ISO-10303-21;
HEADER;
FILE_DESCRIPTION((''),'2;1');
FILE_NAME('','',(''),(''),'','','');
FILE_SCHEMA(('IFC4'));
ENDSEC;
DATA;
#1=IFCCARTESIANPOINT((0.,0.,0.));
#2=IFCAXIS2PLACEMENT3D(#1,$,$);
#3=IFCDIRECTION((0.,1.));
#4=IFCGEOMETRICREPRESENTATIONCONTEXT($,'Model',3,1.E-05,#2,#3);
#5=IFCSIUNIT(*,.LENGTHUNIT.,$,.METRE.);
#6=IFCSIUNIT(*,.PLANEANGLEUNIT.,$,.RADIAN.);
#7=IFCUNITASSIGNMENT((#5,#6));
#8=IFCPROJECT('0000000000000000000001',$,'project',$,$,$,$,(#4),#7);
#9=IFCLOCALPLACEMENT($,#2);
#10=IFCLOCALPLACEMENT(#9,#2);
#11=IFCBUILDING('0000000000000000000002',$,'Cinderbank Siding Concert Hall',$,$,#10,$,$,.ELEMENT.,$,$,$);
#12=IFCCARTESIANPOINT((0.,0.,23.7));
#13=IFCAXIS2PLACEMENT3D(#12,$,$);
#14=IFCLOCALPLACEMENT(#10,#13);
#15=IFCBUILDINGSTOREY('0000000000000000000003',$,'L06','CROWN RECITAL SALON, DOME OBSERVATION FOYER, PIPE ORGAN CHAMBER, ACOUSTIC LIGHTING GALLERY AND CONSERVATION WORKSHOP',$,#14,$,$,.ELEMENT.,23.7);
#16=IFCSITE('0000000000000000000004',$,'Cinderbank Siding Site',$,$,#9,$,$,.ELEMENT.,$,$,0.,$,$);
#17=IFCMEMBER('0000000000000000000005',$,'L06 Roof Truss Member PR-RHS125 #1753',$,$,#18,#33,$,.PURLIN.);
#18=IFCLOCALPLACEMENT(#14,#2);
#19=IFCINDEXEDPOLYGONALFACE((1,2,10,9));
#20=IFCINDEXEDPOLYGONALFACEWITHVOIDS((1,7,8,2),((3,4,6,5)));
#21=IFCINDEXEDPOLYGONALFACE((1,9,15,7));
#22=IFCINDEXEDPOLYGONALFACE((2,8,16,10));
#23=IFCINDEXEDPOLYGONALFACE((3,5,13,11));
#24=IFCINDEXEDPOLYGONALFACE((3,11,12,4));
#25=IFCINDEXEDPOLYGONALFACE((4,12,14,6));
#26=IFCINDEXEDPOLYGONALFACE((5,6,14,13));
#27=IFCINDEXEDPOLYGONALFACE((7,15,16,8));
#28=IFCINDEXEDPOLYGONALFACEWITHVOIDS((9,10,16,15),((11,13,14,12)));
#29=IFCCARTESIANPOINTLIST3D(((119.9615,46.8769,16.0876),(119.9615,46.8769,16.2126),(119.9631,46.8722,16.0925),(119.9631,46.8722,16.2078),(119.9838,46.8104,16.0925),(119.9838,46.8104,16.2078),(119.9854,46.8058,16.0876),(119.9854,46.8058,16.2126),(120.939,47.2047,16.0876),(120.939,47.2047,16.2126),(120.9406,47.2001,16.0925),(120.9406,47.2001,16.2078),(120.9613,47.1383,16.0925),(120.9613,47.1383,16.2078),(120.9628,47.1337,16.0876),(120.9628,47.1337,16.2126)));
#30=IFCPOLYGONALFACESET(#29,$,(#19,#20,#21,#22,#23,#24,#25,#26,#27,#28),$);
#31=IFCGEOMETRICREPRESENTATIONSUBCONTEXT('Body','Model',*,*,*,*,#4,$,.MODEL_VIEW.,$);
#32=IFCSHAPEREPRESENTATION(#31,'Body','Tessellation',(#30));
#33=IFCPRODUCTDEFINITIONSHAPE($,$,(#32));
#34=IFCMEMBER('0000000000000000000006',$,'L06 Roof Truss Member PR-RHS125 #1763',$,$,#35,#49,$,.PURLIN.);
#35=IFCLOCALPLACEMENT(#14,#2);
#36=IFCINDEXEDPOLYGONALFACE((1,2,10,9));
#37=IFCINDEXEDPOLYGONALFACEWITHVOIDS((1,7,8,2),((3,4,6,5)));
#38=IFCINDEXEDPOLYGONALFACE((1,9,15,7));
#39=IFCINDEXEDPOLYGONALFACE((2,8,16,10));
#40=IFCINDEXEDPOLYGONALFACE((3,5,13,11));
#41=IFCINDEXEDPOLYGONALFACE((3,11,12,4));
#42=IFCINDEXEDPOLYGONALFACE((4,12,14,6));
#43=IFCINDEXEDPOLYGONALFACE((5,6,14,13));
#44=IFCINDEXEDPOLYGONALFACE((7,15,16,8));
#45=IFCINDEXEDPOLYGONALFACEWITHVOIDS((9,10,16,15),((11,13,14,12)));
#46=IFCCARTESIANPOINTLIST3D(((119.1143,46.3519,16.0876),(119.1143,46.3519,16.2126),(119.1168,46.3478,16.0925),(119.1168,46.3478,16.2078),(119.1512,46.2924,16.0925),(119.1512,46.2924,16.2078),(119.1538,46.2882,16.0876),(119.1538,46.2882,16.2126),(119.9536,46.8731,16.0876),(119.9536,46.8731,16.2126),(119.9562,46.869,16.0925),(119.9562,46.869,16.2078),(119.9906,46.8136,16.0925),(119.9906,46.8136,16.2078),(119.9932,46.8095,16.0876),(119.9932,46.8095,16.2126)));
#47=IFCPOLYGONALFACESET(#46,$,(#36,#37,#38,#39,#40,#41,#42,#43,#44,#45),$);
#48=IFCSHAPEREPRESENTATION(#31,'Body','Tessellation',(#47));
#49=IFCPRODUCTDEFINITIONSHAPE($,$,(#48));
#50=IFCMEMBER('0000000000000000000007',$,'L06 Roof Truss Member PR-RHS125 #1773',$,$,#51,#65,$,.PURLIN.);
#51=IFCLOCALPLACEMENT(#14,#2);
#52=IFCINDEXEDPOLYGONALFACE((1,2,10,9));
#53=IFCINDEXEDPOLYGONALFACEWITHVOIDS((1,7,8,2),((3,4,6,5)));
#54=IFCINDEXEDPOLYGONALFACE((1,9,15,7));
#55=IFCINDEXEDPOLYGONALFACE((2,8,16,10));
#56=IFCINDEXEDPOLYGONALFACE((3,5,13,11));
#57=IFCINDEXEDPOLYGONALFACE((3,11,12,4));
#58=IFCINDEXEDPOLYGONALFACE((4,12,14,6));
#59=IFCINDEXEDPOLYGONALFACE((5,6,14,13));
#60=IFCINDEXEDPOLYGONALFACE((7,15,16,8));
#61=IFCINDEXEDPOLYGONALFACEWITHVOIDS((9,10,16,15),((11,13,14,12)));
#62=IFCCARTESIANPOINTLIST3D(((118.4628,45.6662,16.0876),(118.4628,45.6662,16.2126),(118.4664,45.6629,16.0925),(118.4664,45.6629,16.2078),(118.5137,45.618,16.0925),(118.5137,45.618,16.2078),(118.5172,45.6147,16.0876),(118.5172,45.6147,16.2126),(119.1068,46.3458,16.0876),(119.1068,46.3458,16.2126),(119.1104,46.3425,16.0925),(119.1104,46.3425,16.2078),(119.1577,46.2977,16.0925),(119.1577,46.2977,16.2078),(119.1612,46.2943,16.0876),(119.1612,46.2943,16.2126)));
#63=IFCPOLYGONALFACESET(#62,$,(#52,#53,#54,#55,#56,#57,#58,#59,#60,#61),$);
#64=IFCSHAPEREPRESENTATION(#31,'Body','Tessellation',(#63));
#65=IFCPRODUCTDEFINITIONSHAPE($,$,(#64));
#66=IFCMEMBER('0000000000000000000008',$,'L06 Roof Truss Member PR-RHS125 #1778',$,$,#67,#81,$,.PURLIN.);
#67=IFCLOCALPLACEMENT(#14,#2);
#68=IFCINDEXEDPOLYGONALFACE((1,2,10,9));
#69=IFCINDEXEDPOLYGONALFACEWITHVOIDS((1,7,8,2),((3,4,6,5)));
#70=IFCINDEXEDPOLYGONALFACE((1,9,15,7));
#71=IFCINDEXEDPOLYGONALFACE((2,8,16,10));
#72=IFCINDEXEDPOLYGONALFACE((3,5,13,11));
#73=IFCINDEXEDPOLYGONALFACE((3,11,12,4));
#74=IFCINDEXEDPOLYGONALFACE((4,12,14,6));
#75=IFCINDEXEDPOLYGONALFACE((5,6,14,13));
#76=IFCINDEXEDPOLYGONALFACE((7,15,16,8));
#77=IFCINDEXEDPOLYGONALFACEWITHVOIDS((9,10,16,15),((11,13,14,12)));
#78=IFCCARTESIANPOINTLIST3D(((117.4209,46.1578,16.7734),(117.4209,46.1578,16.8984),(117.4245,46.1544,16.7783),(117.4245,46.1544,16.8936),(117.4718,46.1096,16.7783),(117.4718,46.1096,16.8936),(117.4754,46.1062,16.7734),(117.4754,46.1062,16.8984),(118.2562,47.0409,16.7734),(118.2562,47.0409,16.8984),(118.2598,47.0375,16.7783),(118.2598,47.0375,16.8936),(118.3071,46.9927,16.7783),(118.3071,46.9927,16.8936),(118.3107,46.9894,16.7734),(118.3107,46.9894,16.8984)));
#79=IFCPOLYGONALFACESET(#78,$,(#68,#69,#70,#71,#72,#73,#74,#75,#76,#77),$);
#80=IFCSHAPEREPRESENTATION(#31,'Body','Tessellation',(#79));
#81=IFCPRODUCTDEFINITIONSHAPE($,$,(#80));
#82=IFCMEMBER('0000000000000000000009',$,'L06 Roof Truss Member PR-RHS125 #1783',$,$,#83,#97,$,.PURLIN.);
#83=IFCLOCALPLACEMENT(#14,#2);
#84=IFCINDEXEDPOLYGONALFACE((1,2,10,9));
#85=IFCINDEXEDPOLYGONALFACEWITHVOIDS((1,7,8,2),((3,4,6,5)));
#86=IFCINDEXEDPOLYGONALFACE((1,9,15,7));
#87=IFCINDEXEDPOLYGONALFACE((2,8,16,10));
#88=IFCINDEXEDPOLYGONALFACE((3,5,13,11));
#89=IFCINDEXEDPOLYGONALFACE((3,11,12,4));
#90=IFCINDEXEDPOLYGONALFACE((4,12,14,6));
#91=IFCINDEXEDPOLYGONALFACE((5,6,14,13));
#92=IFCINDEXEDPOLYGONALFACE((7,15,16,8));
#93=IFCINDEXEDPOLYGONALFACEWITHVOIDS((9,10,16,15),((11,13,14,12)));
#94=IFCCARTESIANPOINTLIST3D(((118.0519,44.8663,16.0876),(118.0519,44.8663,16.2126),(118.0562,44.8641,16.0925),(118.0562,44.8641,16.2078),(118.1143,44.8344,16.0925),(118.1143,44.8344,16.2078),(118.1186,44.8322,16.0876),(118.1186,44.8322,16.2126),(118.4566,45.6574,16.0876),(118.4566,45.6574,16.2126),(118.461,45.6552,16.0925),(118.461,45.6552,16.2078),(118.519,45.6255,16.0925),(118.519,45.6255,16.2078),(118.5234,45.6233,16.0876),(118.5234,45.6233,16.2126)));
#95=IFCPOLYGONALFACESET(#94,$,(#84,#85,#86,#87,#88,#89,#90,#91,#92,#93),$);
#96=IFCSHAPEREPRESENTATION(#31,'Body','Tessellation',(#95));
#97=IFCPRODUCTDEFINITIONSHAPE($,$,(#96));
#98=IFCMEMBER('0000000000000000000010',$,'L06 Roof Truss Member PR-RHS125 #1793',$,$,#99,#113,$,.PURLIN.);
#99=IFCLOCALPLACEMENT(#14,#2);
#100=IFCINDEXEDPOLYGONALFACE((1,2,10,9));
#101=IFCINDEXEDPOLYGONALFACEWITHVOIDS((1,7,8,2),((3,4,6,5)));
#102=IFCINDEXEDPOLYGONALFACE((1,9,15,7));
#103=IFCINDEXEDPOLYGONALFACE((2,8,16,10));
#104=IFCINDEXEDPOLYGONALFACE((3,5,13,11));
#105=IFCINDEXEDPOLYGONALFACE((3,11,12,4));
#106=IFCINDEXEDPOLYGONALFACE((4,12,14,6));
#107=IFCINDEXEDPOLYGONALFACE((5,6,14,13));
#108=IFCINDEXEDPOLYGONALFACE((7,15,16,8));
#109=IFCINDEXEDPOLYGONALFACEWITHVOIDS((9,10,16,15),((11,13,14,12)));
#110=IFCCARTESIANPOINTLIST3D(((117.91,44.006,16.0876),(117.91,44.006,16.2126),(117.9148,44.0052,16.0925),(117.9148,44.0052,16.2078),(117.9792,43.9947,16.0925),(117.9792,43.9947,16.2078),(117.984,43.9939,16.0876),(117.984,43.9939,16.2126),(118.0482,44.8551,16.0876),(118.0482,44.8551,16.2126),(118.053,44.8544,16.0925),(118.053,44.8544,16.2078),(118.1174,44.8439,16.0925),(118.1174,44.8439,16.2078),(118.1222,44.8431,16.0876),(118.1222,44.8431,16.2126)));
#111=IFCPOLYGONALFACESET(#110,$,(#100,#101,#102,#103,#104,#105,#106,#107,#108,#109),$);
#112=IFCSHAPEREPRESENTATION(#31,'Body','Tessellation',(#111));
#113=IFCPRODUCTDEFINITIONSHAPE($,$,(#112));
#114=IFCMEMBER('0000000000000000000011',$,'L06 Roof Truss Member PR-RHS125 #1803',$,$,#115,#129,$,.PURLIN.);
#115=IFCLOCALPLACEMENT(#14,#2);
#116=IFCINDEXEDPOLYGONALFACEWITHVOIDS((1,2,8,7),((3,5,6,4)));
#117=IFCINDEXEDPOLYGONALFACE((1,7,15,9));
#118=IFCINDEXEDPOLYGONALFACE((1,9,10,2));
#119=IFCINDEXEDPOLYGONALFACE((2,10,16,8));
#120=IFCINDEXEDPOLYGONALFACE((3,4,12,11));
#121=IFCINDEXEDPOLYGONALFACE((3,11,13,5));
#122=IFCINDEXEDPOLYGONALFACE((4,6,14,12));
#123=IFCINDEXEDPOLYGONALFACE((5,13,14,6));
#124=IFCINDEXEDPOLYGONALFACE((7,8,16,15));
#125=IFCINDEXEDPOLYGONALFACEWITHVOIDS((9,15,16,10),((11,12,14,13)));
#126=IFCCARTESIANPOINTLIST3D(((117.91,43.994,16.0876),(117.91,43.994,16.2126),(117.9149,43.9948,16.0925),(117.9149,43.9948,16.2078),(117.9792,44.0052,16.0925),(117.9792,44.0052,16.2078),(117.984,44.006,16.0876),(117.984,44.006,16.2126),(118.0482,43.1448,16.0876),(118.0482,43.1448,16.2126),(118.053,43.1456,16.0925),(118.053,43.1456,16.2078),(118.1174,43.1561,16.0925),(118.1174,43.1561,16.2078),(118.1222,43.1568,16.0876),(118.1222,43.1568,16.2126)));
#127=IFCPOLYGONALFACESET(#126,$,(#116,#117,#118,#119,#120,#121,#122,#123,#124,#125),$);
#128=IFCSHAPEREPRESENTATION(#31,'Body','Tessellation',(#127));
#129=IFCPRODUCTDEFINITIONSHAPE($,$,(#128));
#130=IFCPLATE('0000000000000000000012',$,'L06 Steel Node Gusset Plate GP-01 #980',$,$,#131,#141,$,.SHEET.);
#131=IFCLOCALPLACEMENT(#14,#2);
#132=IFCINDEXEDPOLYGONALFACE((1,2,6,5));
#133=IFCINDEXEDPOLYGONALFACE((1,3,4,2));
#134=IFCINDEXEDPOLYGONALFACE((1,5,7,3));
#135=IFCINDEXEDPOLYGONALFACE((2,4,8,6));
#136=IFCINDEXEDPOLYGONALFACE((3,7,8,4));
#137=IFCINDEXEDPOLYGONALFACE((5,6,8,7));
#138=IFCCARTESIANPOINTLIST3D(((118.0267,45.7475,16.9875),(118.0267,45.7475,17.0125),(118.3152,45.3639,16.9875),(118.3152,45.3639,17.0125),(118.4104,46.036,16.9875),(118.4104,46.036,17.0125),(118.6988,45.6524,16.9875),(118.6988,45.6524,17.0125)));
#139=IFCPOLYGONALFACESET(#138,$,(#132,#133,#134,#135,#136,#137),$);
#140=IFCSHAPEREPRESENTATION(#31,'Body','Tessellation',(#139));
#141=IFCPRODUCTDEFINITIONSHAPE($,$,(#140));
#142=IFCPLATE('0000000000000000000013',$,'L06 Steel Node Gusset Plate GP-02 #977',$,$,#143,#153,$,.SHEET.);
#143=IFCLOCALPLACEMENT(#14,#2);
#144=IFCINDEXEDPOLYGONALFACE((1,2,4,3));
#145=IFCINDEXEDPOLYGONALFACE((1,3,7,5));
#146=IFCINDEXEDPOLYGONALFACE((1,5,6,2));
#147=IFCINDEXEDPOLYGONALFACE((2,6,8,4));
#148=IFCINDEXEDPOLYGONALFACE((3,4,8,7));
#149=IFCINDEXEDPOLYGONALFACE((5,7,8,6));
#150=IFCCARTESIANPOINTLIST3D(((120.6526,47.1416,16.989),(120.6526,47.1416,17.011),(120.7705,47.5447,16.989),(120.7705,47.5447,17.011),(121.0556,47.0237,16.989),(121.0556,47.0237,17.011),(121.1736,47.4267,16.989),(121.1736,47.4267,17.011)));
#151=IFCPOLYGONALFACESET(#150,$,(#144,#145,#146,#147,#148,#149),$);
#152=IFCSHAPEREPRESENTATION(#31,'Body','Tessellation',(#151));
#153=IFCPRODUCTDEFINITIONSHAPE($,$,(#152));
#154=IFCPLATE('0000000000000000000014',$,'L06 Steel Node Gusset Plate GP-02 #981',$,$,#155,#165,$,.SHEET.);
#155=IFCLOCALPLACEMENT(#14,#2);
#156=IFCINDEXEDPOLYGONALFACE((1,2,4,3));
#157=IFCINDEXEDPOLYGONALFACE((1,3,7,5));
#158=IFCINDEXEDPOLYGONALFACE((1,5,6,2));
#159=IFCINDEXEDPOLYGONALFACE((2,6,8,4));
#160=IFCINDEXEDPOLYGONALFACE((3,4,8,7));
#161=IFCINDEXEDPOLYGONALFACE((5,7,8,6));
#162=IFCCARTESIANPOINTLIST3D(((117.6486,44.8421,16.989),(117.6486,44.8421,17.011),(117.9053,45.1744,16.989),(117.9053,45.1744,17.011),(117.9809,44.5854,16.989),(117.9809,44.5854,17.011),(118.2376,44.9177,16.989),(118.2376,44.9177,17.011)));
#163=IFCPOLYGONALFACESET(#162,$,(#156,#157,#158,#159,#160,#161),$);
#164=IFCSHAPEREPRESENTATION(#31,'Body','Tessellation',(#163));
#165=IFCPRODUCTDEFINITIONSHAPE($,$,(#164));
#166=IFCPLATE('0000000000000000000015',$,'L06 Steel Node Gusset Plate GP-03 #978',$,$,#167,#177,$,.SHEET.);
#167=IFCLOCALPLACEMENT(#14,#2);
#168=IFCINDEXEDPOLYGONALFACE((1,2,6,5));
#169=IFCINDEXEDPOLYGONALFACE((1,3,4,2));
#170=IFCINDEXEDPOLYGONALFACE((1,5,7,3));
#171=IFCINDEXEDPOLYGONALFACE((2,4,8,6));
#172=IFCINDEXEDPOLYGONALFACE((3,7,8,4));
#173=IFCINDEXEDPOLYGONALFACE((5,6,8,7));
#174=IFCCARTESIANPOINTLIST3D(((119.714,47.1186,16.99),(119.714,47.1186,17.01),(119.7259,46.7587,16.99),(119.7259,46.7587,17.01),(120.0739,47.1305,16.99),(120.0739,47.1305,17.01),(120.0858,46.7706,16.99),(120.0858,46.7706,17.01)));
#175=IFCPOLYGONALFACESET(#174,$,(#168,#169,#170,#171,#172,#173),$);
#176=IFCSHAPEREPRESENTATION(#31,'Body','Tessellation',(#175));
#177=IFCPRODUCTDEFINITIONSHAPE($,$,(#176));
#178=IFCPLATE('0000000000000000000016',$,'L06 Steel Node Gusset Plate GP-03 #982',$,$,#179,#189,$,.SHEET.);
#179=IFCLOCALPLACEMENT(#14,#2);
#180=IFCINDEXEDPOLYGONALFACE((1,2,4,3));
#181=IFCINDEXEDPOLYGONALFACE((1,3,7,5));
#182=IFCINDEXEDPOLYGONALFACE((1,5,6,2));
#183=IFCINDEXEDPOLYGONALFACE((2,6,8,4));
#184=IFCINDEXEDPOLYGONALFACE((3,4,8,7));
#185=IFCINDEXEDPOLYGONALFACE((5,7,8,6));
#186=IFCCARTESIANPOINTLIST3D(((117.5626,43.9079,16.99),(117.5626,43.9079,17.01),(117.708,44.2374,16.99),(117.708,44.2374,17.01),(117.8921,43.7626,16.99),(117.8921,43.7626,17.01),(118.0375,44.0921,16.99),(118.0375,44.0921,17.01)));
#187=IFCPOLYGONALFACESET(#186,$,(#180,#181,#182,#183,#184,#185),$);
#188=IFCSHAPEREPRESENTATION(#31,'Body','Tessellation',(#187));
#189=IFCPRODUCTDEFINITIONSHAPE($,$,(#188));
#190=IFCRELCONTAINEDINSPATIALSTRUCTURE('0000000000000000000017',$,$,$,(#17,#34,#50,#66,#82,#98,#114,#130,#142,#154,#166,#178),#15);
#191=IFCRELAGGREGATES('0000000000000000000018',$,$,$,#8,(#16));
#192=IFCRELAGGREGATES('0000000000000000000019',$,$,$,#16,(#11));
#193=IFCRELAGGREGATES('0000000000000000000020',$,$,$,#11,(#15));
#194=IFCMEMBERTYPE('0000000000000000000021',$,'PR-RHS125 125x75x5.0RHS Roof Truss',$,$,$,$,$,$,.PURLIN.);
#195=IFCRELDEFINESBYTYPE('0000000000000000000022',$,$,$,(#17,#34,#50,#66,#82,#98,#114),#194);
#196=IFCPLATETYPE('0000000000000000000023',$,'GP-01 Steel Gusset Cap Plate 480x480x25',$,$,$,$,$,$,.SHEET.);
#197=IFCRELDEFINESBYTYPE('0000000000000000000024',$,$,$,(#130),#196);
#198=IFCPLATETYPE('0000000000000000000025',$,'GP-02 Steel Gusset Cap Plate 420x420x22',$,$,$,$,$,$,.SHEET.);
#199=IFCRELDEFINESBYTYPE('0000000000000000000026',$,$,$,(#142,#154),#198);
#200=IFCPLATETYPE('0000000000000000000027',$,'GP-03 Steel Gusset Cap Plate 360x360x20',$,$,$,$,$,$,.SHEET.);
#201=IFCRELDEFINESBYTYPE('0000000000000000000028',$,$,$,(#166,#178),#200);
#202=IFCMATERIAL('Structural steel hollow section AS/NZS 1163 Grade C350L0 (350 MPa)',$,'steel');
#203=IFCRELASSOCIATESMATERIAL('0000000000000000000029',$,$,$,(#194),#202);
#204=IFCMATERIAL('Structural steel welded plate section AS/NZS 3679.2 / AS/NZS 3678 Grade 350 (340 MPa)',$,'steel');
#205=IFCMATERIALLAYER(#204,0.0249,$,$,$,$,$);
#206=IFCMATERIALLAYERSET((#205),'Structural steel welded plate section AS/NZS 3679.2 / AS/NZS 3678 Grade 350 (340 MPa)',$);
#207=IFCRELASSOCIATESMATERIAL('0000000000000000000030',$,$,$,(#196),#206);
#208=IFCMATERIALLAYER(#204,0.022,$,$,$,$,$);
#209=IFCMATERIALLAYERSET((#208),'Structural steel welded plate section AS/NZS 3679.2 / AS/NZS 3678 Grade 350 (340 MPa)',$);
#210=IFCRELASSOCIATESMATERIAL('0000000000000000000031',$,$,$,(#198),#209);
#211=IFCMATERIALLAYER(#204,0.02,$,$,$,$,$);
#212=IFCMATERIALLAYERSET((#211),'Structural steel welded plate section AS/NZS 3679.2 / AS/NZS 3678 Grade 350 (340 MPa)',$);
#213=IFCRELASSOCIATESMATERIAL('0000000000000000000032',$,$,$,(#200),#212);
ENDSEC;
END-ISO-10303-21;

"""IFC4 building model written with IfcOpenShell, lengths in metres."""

from ifc_helpers import new_model, si_unit, direction, frame, origin, origin_2d, place, context, subcontext, project, spatial, rectangle, hollow_rectangle, extrude, material, layer, layer_set, material_profile, profile_set, type_object, element, save


model = new_model("IFC4")

# Units and contexts
model_context = context("Model", 3, precision=1e-05, world=origin(), true_north=direction((0.0, 1.0)))
body_context = subcontext(model_context, "Body", "Model", "MODEL_VIEW")
ifc_project = project(units=[si_unit("LENGTHUNIT", "METRE"), si_unit("PLANEANGLEUNIT", "RADIAN")], contexts=[model_context])

# Site, building, storey
site_placement = place(None, origin())
site = spatial("IfcSite", under=ifc_project, at=site_placement, Name="Cinderbank Siding Site", CompositionType="ELEMENT", RefElevation=0.0)
building_placement = place(site_placement, origin())
building = spatial("IfcBuilding", under=site, at=building_placement, Name="Cinderbank Siding Concert Hall", CompositionType="ELEMENT")
storey_placement = place(building_placement, frame((0.0, 0.0, 23.7)))
storey = spatial("IfcBuildingStorey", under=building, at=storey_placement, Name="L06", Description="CROWN RECITAL SALON, DOME OBSERVATION FOYER, PIPE ORGAN CHAMBER, ACOUSTIC LIGHTING GALLERY AND CONSERVATION WORKSHOP", CompositionType="ELEMENT", Elevation=23.7)

# Members
ifc_material_1 = material(Name="Structural steel hollow section AS/NZS 1163 Grade C350L0 (350 MPa)", Category="steel")
ifc_material_profile = material_profile(ifc_material_1, hollow_rectangle(XDim=0.075, YDim=0.125, WallThickness=0.0049, at=origin_2d()), Name="125x75x5.0RHS", Category="LoadBearing")
ifc_profile_set = profile_set([ifc_material_profile], Name="Structural steel hollow section AS/NZS 1163 Grade C350L0 (350 MPa)")
member_type = type_object("IfcMemberType", Name="PR-RHS125 125x75x5.0RHS Roof Truss", PredefinedType="PURLIN", material=ifc_profile_set)
member_1_placement = place(storey_placement, frame((120.9509, 47.1692, 16.1501), z_axis=(-0.94809, -0.318003, 0.0), x_axis=(0.318003, -0.94809, 0.0)))
element("IfcMember", 1, at=member_1_placement, inside=storey, type_object=member_type, Name="L06 Roof Truss Member PR-RHS125 #1753", PredefinedType="PURLIN", context=body_context, shape_type="SweptSolid", body=[
    extrude(hollow_rectangle(XDim=0.075, YDim=0.125, WallThickness=0.0049, at=origin_2d()), origin(), (0.0, 0.0, 1.0), 1.031),
])
member_2_placement = place(storey_placement, frame((119.9734, 46.8413, 16.1501), z_axis=(-0.849522, -0.527554, 0.0), x_axis=(0.527554, -0.849522, 0.0)))
element("IfcMember", 2, at=member_2_placement, inside=storey, type_object=member_type, Name="L06 Roof Truss Member PR-RHS125 #1763", PredefinedType="PURLIN", context=body_context, shape_type="SweptSolid", body=[
    extrude(hollow_rectangle(XDim=0.075, YDim=0.125, WallThickness=0.0049, at=origin_2d()), origin(), (0.0, 0.0, 1.0), 0.988),
])
member_3_placement = place(storey_placement, frame((119.134, 46.3201, 16.1501), z_axis=(-0.687817, -0.725884, 0.0), x_axis=(0.725884, -0.687817, 0.0)))
element("IfcMember", 3, at=member_3_placement, inside=storey, type_object=member_type, Name="L06 Roof Truss Member PR-RHS125 #1773", PredefinedType="PURLIN", context=body_context, shape_type="SweptSolid", body=[
    extrude(hollow_rectangle(XDim=0.075, YDim=0.125, WallThickness=0.0049, at=origin_2d()), origin(), (0.0, 0.0, 1.0), 0.9363),
])
member_4_placement = place(storey_placement, frame((118.2834, 47.0151, 16.8359), z_axis=(-0.687148, -0.726517, 0.0), x_axis=(0.726517, -0.687148, 0.0)))
element("IfcMember", 4, at=member_4_placement, inside=storey, type_object=member_type, Name="L06 Roof Truss Member PR-RHS125 #1778", PredefinedType="PURLIN", context=body_context, shape_type="SweptSolid", body=[
    extrude(hollow_rectangle(XDim=0.075, YDim=0.125, WallThickness=0.0049, at=origin_2d()), origin(), (0.0, 0.0, 1.0), 1.2156),
])
member_5_placement = place(storey_placement, frame((118.49, 45.6404, 16.1501), z_axis=(-0.455435, -0.890269, 0.0), x_axis=(0.890269, -0.455435, 0.0)))
element("IfcMember", 5, at=member_5_placement, inside=storey, type_object=member_type, Name="L06 Roof Truss Member PR-RHS125 #1783", PredefinedType="PURLIN", context=body_context, shape_type="SweptSolid", body=[
    extrude(hollow_rectangle(XDim=0.075, YDim=0.125, WallThickness=0.0049, at=origin_2d()), origin(), (0.0, 0.0, 1.0), 0.8887),
])
for number, where, z_axis, x_axis, name in (
    (6, (118.0852, 44.8491, 16.1501), (-0.160624, -0.987016, 0.0), (0.987016, -0.160624, 0.0), "L06 Roof Truss Member PR-RHS125 #1793"),
    (7, (117.947, 44.0, 16.1501), (0.160624, -0.987016, 0.0), (0.987016, 0.160624, 0.0), "L06 Roof Truss Member PR-RHS125 #1803"),
):
    element("IfcMember", number, at=place(storey_placement, frame(where, z_axis=z_axis, x_axis=x_axis)), inside=storey, type_object=member_type, Name=name, PredefinedType="PURLIN", context=body_context, shape_type="SweptSolid", body=[
        extrude(hollow_rectangle(XDim=0.075, YDim=0.125, WallThickness=0.0049, at=origin_2d()), origin(), (0.0, 0.0, 1.0), 0.8604),
    ])

# Plates
ifc_material_2 = material(Name="Structural steel welded plate section AS/NZS 3679.2 / AS/NZS 3678 Grade 350 (340 MPa)", Category="steel")
ifc_layer_1 = layer(ifc_material_2, 0.0249)
ifc_layer_set_1 = layer_set([ifc_layer_1], Name="Structural steel welded plate section AS/NZS 3679.2 / AS/NZS 3678 Grade 350 (340 MPa)")
plate_type_1 = type_object("IfcPlateType", Name="GP-01 Steel Gusset Cap Plate 480x480x25", PredefinedType="SHEET", material=ifc_layer_set_1)
plate_1_placement = place(storey_placement, frame((118.3628, 45.7, 16.9875), z_axis=(0.0, 0.0, 1.0), x_axis=(0.600978, -0.799265, 0.0)))
element("IfcPlate", 8, at=plate_1_placement, inside=storey, type_object=plate_type_1, Name="L06 Steel Node Gusset Plate GP-01 #980", PredefinedType="SHEET", context=body_context, shape_type="SweptSolid", body=[
    extrude(rectangle(XDim=0.48, YDim=0.48, at=origin_2d()), origin(), (0.0, 0.0, 1.0), 0.0249),
])
ifc_layer_2 = layer(ifc_material_2, 0.022)
ifc_layer_set_2 = layer_set([ifc_layer_2], Name="Structural steel welded plate section AS/NZS 3679.2 / AS/NZS 3678 Grade 350 (340 MPa)")
plate_type_2 = type_object("IfcPlateType", Name="GP-02 Steel Gusset Cap Plate 420x420x22", PredefinedType="SHEET", material=ifc_layer_set_2)
for number, where, z_axis, x_axis, name in (
    (9, (120.9131, 47.2842, 16.989), (0.0, 0.0, 1.0), (-0.280834, -0.959756, 0.0), "L06 Steel Node Gusset Plate GP-02 #977"),
    (10, (117.9431, 44.8799, 16.989), (0.0, 0.0, 1.0), (0.79133, -0.611389, 0.0), "L06 Steel Node Gusset Plate GP-02 #981"),
):
    element("IfcPlate", number, at=place(storey_placement, frame(where, z_axis=z_axis, x_axis=x_axis)), inside=storey, type_object=plate_type_2, Name=name, PredefinedType="SHEET", context=body_context, shape_type="SweptSolid", body=[
        extrude(rectangle(XDim=0.4199, YDim=0.4199, at=origin_2d()), origin(), (0.0, 0.0, 1.0), 0.022),
    ])
ifc_layer_3 = layer(ifc_material_2, 0.02)
ifc_layer_set_3 = layer_set([ifc_layer_3], Name="Structural steel welded plate section AS/NZS 3679.2 / AS/NZS 3678 Grade 350 (340 MPa)")
plate_type_3 = type_object("IfcPlateType", Name="GP-03 Steel Gusset Cap Plate 360x360x20", PredefinedType="SHEET", material=ifc_layer_set_3)
for number, where, z_axis, x_axis, name in (
    (11, (119.8999, 46.9446, 16.99), (0.0, 0.0, 1.0), (0.032981, -0.999456, 0.0), "L06 Steel Node Gusset Plate GP-03 #978"),
    (12, (117.8, 44.0, 16.99), (0.0, 0.0, 1.0), (0.91496, -0.403545, 0.0), "L06 Steel Node Gusset Plate GP-03 #982"),
):
    element("IfcPlate", number, at=place(storey_placement, frame(where, z_axis=z_axis, x_axis=x_axis)), inside=storey, type_object=plate_type_3, Name=name, PredefinedType="SHEET", context=body_context, shape_type="SweptSolid", body=[
        extrude(rectangle(XDim=0.3601, YDim=0.3601, at=origin_2d()), origin(), (0.0, 0.0, 1.0), 0.02),
    ])

save(model, "model.ifc")
